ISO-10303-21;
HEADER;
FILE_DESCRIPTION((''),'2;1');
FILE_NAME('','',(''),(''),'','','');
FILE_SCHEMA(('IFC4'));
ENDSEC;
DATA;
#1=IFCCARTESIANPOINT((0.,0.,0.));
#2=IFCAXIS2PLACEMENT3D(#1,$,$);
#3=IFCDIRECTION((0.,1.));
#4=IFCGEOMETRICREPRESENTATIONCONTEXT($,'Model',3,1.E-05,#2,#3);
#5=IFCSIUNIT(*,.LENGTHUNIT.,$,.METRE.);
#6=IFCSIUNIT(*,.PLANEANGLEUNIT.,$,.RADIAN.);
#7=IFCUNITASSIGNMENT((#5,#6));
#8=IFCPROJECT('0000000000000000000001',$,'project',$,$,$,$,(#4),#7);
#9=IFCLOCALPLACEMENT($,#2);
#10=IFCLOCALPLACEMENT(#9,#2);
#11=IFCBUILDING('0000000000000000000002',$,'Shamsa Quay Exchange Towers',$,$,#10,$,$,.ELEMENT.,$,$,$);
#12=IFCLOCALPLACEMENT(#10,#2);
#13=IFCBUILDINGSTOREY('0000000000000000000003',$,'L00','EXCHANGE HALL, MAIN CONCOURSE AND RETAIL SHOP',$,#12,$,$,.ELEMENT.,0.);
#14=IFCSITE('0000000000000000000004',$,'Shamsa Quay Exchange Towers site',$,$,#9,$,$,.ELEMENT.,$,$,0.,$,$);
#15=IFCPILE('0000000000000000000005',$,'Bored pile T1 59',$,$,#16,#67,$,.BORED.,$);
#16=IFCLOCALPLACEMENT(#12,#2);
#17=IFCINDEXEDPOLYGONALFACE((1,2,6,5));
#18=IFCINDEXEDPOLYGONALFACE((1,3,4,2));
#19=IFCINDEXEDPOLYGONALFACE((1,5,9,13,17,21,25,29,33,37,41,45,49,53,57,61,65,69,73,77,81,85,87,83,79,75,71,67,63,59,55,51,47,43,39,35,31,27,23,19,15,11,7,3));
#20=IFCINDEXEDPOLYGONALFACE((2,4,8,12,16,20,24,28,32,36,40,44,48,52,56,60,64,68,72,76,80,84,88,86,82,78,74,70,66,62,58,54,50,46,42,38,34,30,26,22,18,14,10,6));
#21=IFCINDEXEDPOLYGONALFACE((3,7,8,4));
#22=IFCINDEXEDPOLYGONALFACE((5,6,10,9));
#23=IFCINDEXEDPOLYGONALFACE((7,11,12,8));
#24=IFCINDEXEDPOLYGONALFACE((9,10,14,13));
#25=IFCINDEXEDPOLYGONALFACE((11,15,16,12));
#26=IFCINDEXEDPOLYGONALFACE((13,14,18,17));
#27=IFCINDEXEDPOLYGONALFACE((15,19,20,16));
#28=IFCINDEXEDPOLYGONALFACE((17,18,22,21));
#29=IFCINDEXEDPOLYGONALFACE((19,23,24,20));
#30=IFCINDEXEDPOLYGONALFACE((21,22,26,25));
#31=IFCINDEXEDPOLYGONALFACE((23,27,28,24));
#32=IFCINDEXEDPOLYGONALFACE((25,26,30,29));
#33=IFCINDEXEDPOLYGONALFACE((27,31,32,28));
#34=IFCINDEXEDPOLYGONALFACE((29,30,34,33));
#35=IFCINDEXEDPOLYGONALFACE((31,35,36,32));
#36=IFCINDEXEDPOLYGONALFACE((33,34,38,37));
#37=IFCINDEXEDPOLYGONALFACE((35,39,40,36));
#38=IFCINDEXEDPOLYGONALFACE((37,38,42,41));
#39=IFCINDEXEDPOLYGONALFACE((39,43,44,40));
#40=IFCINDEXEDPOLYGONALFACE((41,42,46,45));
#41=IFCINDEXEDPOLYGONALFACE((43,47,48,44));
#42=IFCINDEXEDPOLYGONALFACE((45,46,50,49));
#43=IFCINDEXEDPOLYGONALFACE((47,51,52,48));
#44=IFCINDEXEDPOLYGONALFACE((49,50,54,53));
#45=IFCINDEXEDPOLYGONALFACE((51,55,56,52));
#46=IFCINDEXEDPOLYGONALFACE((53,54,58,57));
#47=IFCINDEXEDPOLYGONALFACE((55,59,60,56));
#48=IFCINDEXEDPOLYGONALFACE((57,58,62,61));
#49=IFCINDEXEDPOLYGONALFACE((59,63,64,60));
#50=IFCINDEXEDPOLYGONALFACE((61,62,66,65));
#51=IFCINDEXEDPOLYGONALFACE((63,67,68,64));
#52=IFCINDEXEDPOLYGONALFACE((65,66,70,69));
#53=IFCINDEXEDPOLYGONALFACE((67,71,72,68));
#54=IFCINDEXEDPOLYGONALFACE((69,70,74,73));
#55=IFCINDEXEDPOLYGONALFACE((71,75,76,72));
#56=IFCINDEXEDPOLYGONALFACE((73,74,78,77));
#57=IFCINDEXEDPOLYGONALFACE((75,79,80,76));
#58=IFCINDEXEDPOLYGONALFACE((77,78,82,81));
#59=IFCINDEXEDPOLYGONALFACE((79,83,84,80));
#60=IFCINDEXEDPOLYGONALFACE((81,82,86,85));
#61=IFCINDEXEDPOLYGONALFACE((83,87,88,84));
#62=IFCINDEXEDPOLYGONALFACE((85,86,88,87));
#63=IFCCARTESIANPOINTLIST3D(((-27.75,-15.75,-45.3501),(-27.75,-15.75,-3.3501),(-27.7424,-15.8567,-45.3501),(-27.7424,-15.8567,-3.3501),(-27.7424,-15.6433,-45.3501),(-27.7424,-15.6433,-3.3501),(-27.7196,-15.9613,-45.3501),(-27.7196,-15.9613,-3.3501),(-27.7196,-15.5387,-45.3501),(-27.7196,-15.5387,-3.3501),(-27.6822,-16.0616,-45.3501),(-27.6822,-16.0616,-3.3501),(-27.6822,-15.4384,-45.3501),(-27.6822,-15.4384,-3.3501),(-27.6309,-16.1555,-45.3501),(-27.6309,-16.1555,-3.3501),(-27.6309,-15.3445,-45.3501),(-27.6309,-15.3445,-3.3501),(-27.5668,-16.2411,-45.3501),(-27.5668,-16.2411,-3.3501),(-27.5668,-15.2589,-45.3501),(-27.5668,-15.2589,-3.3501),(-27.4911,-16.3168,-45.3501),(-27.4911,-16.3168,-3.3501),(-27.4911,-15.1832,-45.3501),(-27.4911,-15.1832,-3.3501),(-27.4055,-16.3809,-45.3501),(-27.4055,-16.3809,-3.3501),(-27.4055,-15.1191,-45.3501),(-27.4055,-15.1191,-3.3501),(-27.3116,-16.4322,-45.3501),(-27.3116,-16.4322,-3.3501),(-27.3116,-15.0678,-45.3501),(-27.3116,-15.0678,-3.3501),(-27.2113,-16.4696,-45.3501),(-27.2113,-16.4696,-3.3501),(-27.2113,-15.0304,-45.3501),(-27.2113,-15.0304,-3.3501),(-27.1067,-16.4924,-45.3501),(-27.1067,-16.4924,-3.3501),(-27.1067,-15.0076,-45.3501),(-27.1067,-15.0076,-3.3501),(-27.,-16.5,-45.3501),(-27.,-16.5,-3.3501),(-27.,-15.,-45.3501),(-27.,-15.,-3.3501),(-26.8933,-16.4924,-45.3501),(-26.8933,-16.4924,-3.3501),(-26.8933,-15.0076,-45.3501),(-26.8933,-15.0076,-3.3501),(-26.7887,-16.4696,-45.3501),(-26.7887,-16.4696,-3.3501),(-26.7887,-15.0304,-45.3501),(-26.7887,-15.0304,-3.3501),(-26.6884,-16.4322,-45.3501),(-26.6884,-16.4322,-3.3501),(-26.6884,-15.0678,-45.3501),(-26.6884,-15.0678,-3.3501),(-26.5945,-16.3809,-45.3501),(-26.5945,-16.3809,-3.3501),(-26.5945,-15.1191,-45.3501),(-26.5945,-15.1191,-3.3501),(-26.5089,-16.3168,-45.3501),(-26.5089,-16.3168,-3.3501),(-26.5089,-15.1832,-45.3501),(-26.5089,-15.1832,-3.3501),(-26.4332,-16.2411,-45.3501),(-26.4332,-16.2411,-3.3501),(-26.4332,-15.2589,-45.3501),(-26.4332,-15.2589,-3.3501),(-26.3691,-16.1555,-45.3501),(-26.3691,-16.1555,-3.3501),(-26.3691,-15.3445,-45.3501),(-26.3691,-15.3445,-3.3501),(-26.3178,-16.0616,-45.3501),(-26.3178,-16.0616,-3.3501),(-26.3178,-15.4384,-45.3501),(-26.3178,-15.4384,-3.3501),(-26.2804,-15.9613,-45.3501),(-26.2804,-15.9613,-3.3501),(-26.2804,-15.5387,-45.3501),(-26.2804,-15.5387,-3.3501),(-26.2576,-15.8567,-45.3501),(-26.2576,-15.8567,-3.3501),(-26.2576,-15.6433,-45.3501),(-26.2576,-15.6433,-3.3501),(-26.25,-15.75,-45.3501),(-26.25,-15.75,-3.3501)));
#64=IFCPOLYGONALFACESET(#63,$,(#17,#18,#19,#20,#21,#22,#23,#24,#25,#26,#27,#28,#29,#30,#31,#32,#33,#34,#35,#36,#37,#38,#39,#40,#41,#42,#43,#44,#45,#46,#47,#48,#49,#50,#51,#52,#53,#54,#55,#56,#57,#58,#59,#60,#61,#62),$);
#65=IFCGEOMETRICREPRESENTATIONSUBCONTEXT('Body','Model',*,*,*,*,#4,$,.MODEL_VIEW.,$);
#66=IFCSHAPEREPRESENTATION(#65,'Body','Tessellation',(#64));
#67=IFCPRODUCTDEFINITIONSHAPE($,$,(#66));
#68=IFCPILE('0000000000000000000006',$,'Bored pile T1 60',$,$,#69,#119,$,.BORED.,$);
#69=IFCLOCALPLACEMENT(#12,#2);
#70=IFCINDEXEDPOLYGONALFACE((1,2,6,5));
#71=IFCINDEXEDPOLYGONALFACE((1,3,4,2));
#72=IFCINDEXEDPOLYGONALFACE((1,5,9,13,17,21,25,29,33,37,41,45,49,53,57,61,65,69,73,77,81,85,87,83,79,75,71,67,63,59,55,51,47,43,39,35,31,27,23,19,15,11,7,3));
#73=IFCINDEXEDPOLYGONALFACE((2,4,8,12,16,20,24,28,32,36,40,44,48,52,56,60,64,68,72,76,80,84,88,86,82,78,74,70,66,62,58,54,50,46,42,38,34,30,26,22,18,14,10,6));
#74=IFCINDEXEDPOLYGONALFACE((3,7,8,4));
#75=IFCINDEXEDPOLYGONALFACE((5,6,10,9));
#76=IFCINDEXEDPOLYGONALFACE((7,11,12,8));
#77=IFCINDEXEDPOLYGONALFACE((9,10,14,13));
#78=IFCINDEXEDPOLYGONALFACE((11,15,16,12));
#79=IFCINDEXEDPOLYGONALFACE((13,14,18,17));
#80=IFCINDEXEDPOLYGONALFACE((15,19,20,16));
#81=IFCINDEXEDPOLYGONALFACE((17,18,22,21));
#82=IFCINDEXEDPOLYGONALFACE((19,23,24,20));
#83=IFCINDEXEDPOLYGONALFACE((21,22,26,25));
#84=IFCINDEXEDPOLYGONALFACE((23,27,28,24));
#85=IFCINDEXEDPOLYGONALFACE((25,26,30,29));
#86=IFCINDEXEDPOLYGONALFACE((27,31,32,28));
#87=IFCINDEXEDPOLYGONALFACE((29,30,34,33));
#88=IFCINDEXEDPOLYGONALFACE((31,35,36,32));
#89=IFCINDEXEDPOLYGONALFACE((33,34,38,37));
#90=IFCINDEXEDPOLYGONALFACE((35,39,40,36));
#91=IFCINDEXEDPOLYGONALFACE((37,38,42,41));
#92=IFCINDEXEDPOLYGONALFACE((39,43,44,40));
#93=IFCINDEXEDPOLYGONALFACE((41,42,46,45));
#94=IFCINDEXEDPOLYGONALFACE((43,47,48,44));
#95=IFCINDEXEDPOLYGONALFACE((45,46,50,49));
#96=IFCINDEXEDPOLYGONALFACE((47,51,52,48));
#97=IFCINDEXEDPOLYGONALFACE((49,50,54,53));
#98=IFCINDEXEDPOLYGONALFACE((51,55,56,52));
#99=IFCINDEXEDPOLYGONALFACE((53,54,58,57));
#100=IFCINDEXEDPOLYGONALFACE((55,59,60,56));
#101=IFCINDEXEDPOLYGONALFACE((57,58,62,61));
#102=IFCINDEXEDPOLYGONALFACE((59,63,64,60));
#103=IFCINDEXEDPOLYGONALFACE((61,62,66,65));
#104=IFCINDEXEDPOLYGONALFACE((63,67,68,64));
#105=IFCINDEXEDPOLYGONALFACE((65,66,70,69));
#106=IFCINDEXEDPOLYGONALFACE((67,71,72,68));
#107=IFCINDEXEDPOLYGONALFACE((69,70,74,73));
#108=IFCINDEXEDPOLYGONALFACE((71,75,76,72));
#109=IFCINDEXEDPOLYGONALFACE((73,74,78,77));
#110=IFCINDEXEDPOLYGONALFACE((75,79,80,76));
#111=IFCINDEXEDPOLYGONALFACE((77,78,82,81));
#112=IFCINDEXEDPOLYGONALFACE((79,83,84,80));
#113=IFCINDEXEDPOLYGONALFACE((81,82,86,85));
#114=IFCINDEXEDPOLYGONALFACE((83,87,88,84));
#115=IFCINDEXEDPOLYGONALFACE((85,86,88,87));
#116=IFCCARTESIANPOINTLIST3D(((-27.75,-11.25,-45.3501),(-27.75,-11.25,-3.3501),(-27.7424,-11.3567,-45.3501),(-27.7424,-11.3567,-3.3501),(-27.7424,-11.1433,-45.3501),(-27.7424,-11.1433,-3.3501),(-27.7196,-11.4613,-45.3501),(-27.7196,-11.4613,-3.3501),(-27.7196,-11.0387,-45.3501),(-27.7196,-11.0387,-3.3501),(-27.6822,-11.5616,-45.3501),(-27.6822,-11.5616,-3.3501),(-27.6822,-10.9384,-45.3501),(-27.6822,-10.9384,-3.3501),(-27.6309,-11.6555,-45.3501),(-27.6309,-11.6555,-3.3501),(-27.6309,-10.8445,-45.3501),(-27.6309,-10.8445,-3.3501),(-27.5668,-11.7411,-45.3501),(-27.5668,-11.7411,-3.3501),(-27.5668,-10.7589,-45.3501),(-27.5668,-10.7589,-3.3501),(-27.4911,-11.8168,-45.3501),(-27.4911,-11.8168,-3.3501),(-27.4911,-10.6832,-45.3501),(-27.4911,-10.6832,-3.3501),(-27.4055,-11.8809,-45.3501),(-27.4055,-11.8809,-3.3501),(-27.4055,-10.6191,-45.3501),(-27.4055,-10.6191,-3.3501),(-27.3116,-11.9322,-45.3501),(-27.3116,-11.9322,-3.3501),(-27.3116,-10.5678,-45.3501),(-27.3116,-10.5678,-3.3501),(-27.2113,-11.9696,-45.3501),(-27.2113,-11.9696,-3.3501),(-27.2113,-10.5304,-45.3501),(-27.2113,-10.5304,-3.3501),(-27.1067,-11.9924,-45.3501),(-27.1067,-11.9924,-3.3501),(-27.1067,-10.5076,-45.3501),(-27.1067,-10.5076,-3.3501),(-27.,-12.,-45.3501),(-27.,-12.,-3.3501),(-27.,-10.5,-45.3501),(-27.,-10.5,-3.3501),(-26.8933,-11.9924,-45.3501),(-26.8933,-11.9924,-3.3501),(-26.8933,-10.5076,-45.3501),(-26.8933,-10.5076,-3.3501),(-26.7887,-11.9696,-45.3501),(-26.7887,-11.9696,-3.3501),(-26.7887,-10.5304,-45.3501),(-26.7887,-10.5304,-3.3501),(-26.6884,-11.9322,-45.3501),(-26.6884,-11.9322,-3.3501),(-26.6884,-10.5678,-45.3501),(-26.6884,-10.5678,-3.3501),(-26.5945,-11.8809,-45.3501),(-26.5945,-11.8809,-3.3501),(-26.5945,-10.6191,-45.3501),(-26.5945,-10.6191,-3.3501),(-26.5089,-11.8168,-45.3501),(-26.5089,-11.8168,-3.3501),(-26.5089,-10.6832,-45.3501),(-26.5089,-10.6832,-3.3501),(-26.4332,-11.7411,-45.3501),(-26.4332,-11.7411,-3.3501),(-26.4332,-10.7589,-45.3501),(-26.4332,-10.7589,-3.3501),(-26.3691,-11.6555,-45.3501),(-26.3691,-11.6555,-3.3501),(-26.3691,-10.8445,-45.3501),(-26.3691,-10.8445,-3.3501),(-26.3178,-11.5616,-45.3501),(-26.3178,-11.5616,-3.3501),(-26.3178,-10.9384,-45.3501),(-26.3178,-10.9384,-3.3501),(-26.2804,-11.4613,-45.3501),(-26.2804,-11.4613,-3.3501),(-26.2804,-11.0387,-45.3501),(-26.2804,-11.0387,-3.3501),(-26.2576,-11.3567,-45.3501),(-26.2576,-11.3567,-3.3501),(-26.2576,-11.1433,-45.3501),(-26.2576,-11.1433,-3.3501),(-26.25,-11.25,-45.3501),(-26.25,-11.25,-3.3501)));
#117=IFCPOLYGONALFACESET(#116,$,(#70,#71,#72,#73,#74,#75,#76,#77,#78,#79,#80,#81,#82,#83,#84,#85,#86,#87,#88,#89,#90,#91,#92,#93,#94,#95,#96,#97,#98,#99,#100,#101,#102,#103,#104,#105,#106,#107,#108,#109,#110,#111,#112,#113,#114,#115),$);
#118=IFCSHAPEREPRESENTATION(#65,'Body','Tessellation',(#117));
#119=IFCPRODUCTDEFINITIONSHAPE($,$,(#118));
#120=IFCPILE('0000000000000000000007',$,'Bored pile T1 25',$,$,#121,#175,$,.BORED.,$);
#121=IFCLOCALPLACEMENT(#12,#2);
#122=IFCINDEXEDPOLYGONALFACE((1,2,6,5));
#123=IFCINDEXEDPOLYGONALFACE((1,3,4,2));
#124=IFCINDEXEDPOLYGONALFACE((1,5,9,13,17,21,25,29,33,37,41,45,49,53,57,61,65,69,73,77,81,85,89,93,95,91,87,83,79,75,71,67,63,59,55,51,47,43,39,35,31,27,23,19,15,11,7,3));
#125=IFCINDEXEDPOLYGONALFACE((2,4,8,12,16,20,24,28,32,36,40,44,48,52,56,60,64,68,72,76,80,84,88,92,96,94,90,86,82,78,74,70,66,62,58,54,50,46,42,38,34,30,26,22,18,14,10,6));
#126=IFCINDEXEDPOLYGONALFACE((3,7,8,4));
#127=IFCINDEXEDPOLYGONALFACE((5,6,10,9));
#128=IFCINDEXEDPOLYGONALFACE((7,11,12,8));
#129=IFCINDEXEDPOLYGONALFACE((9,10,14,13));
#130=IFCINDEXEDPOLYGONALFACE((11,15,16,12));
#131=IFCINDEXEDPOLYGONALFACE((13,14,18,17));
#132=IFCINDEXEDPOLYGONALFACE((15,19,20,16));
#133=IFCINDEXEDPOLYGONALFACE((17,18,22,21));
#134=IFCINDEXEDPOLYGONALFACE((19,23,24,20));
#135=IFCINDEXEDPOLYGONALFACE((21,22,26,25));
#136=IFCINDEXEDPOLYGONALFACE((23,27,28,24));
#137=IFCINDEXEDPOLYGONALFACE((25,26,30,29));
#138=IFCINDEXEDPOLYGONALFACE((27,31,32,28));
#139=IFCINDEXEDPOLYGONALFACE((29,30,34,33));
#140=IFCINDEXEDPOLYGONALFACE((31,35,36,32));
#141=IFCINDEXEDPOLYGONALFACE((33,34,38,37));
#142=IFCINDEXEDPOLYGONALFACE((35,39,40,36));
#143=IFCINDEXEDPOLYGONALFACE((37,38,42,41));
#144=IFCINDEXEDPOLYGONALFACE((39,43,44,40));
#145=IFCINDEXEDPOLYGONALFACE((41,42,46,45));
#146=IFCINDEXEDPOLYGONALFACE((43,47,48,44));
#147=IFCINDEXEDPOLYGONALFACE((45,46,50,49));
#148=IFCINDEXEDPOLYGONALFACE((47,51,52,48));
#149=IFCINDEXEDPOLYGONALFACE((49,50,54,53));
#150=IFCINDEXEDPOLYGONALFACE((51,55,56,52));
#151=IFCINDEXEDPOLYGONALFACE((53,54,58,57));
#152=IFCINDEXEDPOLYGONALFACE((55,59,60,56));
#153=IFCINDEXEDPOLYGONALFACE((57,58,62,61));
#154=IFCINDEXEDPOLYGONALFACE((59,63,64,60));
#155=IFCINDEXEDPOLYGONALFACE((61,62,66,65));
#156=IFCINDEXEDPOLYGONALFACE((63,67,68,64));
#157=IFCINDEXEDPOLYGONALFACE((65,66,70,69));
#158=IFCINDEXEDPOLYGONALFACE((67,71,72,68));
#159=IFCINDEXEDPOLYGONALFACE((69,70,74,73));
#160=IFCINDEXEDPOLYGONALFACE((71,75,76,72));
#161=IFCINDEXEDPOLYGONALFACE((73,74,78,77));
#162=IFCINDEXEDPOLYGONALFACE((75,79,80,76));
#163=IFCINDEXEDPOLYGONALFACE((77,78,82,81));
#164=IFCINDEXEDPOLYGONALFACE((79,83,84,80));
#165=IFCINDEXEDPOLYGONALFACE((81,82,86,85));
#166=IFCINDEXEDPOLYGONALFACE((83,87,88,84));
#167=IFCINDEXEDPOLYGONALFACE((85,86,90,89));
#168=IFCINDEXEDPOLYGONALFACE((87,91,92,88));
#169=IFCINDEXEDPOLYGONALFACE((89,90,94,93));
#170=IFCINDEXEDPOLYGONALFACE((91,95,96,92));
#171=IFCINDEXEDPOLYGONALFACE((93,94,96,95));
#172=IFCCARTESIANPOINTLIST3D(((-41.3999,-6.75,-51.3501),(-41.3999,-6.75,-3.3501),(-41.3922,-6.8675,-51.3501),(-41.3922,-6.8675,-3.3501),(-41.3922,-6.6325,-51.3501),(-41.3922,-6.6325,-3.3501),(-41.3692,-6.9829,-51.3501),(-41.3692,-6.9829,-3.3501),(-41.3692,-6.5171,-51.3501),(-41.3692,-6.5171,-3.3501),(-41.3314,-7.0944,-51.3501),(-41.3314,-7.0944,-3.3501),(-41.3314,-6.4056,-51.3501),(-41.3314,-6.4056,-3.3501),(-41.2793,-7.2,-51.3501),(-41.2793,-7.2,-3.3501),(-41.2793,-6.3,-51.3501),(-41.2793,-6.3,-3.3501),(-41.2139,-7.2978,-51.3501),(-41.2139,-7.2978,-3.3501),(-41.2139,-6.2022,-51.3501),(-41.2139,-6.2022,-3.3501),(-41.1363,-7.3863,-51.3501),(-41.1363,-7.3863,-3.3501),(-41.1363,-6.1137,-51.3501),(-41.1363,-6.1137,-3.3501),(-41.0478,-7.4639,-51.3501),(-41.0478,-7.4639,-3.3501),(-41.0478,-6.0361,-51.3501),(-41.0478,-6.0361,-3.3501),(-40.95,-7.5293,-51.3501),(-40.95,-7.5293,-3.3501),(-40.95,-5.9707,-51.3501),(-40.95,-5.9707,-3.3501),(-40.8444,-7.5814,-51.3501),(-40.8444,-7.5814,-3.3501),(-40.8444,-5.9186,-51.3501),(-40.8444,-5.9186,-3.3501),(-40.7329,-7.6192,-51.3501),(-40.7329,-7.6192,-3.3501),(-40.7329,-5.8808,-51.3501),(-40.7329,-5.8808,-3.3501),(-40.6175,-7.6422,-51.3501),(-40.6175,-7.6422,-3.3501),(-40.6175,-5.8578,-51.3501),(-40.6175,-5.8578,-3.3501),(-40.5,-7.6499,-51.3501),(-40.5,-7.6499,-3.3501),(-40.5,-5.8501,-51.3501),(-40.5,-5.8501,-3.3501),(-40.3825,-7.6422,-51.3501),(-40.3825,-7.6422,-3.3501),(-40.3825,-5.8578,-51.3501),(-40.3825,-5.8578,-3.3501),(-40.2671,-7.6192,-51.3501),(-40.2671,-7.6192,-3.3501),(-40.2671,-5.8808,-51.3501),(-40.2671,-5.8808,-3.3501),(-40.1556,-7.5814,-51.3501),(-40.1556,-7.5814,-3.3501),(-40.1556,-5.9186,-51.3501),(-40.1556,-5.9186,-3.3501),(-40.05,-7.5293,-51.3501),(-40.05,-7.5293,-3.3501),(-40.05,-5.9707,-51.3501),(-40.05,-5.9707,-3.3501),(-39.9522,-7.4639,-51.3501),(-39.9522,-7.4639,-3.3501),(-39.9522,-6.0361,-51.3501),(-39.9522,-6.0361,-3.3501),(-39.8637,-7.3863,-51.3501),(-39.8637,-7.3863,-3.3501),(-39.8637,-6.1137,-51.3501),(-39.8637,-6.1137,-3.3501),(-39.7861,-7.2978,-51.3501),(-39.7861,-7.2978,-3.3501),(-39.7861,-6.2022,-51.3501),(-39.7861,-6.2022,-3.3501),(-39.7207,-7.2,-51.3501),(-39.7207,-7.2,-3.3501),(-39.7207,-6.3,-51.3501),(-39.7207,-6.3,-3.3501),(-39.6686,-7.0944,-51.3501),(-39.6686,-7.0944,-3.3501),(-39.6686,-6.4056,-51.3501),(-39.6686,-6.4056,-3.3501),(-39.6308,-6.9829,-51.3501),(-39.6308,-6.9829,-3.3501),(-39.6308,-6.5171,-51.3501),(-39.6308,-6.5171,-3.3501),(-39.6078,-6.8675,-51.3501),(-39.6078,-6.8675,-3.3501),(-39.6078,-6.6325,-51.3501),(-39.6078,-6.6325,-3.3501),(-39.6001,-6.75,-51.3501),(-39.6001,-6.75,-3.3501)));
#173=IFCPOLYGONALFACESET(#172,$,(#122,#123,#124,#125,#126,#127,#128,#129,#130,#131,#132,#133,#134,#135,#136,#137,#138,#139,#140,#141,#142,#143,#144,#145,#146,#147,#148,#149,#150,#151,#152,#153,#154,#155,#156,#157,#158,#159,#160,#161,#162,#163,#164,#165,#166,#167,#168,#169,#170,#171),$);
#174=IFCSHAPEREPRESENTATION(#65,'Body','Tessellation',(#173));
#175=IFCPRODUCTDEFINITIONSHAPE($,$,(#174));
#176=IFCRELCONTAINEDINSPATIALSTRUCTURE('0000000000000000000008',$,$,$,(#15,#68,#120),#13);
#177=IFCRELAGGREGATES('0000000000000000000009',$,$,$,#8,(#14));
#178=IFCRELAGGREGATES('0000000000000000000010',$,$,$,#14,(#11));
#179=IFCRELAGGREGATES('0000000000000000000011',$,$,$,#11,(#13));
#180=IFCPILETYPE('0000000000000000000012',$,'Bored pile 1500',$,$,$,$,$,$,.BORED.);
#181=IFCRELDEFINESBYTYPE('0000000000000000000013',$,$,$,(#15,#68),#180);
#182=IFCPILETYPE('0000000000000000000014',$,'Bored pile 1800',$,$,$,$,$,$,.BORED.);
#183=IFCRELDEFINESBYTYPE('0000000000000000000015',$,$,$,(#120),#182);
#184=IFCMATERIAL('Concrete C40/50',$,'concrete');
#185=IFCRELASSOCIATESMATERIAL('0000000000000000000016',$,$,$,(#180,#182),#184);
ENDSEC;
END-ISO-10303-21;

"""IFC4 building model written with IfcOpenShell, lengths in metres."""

from ifc_helpers import new_model, si_unit, direction, frame, origin, origin_2d, place, context, subcontext, project, spatial, circle, extrude, material, material_profile, profile_set, type_object, element, save


model = new_model("IFC4")

# Units and contexts
model_context = context("Model", 3, precision=1e-05, world=origin(), true_north=direction((0.0, 1.0)))
body_context = subcontext(model_context, "Body", "Model", "MODEL_VIEW")
ifc_project = project(units=[si_unit("LENGTHUNIT", "METRE"), si_unit("PLANEANGLEUNIT", "RADIAN")], contexts=[model_context])

# Site, building, storey
site_placement = place(None, origin())
site = spatial("IfcSite", under=ifc_project, at=site_placement, Name="Shamsa Quay Exchange Towers site", CompositionType="ELEMENT", RefElevation=0.0)
building_placement = place(site_placement, origin())
building = spatial("IfcBuilding", under=site, at=building_placement, Name="Shamsa Quay Exchange Towers", CompositionType="ELEMENT")
storey_placement = place(building_placement, origin())
storey = spatial("IfcBuildingStorey", under=building, at=storey_placement, Name="L00", Description="EXCHANGE HALL, MAIN CONCOURSE AND RETAIL SHOP", CompositionType="ELEMENT", Elevation=0.0)

# Piles
ifc_material_1 = material(Name="Concrete C40/50", Category="concrete")
ifc_material_profile_1 = material_profile(ifc_material_1, circle(Radius=0.75, at=origin_2d()), Name="BP1500")
ifc_profile_set_1 = profile_set([ifc_material_profile_1], Name="Concrete C40/50")
pile_type_1 = type_object("IfcPileType", Name="Bored pile 1500", PredefinedType="BORED", material=ifc_profile_set_1)
for number, where, z_axis, x_axis, name in (
    (1, (-27.0, -15.75, -3.3501), (0.0, 0.0, -1.0), (1.0, 0.0, 0.0), "Bored pile T1 59"),
    (2, (-27.0, -11.25, -3.3501), (0.0, 0.0, -1.0), (1.0, 0.0, 0.0), "Bored pile T1 60"),
):
    element("IfcPile", number, at=place(storey_placement, frame(where, z_axis=z_axis, x_axis=x_axis)), inside=storey, type_object=pile_type_1, Name=name, PredefinedType="BORED", context=body_context, shape_type="SweptSolid", body=[
        extrude(circle(Radius=0.75, at=origin_2d()), origin(), (0.0, 0.0, 1.0), 42.0),
    ])
ifc_material_profile_2 = material_profile(ifc_material_1, circle(Radius=0.8999, at=origin_2d()), Name="BP1800")
ifc_profile_set_2 = profile_set([ifc_material_profile_2], Name="Concrete C40/50")
pile_type_2 = type_object("IfcPileType", Name="Bored pile 1800", PredefinedType="BORED", material=ifc_profile_set_2)
for number, where, z_axis, x_axis, name in (
    (3, (-40.5, -6.75, -3.3501), (0.0, 0.0, -1.0), (1.0, 0.0, 0.0), "Bored pile T1 25"),
):
    element("IfcPile", number, at=place(storey_placement, frame(where, z_axis=z_axis, x_axis=x_axis)), inside=storey, type_object=pile_type_2, Name=name, PredefinedType="BORED", context=body_context, shape_type="SweptSolid", body=[
        extrude(circle(Radius=0.8999, at=origin_2d()), origin(), (0.0, 0.0, 1.0), 48.0),
    ])

save(model, "model.ifc")
